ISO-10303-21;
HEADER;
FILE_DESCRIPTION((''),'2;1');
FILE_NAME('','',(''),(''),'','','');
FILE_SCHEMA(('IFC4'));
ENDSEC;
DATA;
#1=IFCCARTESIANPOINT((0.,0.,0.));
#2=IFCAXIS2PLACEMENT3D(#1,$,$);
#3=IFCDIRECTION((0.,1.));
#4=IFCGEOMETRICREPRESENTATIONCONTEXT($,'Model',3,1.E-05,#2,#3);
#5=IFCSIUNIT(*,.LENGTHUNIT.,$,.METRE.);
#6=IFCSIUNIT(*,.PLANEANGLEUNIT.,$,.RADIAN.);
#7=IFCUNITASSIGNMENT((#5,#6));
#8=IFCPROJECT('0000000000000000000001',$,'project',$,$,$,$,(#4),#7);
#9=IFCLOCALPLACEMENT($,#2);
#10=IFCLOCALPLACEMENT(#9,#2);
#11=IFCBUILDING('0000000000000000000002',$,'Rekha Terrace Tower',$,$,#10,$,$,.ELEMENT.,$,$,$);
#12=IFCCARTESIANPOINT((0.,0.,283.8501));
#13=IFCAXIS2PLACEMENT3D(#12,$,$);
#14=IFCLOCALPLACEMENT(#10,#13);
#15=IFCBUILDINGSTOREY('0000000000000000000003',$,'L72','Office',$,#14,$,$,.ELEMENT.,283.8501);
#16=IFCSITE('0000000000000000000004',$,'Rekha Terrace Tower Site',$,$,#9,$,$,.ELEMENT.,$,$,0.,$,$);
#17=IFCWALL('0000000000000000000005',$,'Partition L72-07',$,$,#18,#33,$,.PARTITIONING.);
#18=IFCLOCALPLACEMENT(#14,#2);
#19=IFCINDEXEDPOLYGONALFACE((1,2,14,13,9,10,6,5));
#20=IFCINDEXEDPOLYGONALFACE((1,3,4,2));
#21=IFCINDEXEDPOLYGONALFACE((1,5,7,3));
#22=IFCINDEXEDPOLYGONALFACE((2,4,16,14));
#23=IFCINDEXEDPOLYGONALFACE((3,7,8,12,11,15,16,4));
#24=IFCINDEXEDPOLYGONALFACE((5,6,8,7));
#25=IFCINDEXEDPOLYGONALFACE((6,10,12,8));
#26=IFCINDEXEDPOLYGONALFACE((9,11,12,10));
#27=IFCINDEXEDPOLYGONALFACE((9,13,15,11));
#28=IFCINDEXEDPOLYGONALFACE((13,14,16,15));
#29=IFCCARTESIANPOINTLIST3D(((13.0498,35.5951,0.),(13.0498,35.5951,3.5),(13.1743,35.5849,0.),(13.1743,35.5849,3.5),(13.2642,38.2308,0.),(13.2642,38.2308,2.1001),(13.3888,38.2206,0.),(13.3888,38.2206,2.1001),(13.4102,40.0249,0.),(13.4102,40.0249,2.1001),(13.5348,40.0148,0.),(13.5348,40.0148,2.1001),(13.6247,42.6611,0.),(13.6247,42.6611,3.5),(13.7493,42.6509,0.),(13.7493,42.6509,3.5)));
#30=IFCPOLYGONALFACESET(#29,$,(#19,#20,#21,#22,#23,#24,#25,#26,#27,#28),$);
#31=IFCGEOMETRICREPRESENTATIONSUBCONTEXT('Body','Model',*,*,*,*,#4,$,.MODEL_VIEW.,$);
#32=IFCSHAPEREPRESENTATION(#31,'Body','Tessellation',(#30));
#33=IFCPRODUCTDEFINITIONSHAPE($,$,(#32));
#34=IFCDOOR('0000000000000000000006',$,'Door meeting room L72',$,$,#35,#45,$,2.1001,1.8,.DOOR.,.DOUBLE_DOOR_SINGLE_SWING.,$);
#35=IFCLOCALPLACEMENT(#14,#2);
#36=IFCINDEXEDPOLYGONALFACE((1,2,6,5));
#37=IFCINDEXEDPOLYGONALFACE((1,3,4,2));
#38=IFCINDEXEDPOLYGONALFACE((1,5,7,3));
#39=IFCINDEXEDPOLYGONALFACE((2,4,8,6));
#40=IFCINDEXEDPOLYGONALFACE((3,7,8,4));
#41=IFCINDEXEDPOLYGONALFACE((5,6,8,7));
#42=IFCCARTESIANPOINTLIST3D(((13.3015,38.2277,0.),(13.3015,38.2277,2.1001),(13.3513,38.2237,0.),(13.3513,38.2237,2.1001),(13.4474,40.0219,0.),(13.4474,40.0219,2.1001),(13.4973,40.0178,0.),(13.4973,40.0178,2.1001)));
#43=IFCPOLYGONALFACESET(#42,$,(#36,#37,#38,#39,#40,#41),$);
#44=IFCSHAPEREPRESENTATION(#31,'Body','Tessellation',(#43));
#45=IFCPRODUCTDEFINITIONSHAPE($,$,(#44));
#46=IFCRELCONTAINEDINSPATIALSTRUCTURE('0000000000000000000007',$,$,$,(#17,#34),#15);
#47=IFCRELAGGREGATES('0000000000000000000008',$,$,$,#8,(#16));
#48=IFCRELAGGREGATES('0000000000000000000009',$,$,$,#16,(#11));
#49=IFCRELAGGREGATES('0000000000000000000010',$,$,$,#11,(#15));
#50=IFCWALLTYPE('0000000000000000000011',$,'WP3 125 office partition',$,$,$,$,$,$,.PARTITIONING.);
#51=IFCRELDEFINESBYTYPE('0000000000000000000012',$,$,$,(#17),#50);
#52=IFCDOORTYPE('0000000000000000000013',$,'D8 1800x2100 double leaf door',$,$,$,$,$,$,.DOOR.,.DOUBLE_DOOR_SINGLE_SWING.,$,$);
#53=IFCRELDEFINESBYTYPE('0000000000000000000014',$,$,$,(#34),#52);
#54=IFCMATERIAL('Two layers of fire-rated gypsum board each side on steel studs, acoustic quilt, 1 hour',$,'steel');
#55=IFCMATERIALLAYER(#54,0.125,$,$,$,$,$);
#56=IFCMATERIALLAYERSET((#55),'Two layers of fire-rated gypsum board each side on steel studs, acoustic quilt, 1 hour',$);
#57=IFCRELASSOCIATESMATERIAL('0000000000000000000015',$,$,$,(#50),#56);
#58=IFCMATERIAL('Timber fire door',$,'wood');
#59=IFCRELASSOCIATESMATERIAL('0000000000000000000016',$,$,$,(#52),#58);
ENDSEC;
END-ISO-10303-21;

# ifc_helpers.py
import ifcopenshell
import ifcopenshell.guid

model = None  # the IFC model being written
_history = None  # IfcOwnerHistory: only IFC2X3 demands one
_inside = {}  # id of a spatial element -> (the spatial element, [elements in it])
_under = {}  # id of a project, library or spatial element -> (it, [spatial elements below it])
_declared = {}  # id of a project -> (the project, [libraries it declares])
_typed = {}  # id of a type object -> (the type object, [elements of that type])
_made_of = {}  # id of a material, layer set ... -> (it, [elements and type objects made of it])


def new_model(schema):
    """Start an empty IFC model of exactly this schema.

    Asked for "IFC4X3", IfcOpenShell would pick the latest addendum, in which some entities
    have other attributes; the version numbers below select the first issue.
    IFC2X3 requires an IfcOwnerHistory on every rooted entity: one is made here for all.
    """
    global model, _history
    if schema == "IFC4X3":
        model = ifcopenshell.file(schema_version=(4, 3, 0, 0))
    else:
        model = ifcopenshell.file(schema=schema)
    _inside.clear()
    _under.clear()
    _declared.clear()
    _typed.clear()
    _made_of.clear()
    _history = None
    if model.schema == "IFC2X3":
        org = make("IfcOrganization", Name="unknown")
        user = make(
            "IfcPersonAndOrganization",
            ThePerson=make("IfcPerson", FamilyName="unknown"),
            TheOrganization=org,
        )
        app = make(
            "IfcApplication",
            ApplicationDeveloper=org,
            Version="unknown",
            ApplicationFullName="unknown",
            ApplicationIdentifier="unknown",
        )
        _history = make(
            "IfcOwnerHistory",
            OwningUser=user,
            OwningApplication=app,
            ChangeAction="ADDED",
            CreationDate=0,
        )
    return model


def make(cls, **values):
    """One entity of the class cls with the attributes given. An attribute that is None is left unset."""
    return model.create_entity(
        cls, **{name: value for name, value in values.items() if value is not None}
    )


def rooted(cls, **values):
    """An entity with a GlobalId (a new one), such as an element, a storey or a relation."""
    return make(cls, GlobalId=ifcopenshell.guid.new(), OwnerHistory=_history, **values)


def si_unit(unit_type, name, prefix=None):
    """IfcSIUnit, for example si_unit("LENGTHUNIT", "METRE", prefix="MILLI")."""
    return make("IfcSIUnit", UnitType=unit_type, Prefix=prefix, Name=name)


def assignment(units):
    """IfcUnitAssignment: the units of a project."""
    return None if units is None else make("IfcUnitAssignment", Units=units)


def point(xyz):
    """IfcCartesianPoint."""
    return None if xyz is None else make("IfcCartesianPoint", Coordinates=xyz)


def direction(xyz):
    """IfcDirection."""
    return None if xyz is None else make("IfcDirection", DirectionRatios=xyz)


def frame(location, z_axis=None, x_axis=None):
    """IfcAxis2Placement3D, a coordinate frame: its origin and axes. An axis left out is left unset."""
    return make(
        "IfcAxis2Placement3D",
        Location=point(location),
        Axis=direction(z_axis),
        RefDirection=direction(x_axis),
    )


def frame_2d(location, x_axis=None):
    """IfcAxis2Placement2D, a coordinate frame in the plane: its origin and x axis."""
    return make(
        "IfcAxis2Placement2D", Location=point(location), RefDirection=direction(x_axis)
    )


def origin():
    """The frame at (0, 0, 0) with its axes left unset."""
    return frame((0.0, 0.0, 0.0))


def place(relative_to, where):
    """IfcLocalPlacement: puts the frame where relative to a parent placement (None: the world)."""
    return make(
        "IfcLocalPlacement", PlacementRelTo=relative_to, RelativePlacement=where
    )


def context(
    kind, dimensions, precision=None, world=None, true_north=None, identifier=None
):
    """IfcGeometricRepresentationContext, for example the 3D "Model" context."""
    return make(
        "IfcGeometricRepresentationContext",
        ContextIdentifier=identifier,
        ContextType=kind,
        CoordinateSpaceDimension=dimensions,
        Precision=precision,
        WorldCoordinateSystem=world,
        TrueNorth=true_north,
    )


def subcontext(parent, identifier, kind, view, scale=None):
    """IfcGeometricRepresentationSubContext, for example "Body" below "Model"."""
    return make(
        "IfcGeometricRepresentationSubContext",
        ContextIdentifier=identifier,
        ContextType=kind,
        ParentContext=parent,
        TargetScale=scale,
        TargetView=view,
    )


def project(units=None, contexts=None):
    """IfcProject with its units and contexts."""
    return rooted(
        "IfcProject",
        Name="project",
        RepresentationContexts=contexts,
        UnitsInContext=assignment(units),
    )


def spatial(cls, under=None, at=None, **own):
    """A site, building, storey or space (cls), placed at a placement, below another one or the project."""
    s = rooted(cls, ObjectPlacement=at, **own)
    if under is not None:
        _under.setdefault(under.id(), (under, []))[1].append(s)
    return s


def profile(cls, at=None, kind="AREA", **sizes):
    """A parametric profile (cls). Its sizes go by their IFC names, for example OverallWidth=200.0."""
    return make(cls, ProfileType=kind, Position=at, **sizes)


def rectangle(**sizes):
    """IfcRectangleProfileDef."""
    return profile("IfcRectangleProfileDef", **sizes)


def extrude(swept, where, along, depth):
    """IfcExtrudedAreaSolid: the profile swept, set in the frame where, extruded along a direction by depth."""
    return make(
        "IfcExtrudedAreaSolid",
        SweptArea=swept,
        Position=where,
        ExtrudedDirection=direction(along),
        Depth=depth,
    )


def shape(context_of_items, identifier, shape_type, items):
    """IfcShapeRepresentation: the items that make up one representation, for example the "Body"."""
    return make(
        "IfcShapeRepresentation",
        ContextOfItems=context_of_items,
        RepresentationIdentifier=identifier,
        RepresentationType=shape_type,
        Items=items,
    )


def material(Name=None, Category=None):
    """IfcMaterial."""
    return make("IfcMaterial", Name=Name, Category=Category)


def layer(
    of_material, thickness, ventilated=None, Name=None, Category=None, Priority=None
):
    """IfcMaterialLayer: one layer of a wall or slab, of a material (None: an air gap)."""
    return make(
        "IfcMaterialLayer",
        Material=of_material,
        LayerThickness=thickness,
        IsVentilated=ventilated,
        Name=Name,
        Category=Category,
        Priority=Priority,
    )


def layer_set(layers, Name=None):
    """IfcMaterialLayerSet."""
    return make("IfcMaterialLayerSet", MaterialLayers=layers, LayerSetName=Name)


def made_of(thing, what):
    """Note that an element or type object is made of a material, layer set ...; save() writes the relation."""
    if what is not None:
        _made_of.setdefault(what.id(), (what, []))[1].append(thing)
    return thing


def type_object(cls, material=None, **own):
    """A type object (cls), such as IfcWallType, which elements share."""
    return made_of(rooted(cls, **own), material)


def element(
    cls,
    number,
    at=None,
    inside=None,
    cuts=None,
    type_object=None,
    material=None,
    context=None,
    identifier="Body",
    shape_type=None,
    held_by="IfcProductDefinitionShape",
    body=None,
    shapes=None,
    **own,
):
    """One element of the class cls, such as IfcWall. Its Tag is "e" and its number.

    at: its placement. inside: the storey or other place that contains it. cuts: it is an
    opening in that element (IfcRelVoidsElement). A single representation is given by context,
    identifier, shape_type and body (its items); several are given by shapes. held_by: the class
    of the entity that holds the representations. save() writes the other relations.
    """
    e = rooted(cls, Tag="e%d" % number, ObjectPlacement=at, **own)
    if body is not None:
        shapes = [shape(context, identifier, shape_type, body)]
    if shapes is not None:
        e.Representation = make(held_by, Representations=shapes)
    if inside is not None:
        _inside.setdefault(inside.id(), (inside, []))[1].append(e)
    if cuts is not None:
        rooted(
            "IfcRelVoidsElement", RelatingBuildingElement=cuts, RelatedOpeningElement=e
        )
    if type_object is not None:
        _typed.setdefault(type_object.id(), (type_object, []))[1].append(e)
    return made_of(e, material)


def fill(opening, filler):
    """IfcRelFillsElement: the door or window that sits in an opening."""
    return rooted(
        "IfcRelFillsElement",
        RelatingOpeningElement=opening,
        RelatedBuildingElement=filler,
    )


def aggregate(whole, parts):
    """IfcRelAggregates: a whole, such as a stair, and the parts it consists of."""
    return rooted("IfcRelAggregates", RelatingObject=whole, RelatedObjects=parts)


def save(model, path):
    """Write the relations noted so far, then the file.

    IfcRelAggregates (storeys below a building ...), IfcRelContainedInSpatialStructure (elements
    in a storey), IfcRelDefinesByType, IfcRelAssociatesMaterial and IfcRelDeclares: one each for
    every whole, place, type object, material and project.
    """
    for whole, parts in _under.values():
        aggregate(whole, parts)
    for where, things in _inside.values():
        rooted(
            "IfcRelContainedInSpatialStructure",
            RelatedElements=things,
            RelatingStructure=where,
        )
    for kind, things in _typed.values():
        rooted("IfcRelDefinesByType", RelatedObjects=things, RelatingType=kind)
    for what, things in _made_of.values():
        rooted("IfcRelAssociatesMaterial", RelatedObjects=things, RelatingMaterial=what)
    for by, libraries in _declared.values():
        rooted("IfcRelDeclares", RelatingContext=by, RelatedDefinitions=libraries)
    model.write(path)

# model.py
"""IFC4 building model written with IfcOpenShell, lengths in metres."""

from ifc_helpers import new_model, si_unit, direction, frame, frame_2d, origin, place, context, subcontext, project, spatial, rectangle, extrude, material, layer, layer_set, type_object, element, fill, save


model = new_model("IFC4")

# Units and contexts
model_context = context("Model", 3, precision=1e-05, world=origin(), true_north=direction((0.0, 1.0)))
body_context = subcontext(model_context, "Body", "Model", "MODEL_VIEW")
ifc_project = project(units=[si_unit("LENGTHUNIT", "METRE"), si_unit("PLANEANGLEUNIT", "RADIAN")], contexts=[model_context])

# Site, building, storey
site_placement = place(None, origin())
site = spatial("IfcSite", under=ifc_project, at=site_placement, Name="Rekha Terrace Tower Site", CompositionType="ELEMENT", RefElevation=0.0)
building_placement = place(site_placement, origin())
building = spatial("IfcBuilding", under=site, at=building_placement, Name="Rekha Terrace Tower", CompositionType="ELEMENT")
storey_placement = place(building_placement, frame((0.0, 0.0, 283.8501)))
storey = spatial("IfcBuildingStorey", under=building, at=storey_placement, Name="L72", Description="Office", CompositionType="ELEMENT", Elevation=283.8501)

# Shared definitions
ifc_material_1 = material(Name="Two layers of fire-rated gypsum board each side on steel studs, acoustic quilt, 1 hour", Category="steel")
ifc_layer_1 = layer(ifc_material_1, 0.125)
ifc_layer_set_1 = layer_set([ifc_layer_1], Name="Two layers of fire-rated gypsum board each side on steel studs, acoustic quilt, 1 hour")
wall_type = type_object("IfcWallType", Name="WP3 125 office partition", PredefinedType="PARTITIONING", material=ifc_layer_set_1)

# Wall, opening, door
wall_1_placement = place(storey_placement, frame((13.687, 42.656, 0.0), z_axis=(0.0, 0.0, 1.0), x_axis=(-0.081102, -0.996706, 0.0)))
wall_1 = element("IfcWall", 1, at=wall_1_placement, inside=storey, type_object=wall_type, Name="Partition L72-07", PredefinedType="PARTITIONING", context=body_context, shape_type="SweptSolid", body=[
    extrude(rectangle(XDim=7.0894, YDim=0.125, at=frame_2d((3.5447, 0.0))), origin(), (0.0, 0.0, 1.0), 3.5),
])
opening_placement = place(wall_1_placement, frame((2.645, 0.0, 0.0)))
opening = element("IfcOpeningElement", 2, at=opening_placement, cuts=wall_1, PredefinedType="OPENING", context=body_context, shape_type="SweptSolid", body=[
    extrude(rectangle(XDim=1.8, YDim=2.1001, at=frame_2d((0.8999, 1.05))), frame((0.0, 0.0725, 0.0), z_axis=(0.0, -1.0, 0.0), x_axis=(1.0, 0.0, 0.0)), (0.0, 0.0, 1.0), 0.145),
])
ifc_material_2 = material(Name="Timber fire door", Category="wood")
door_type = type_object("IfcDoorType", Name="D8 1800x2100 double leaf door", OperationType="DOUBLE_DOOR_SINGLE_SWING", PredefinedType="DOOR", material=ifc_material_2)
door_placement = place(opening_placement, origin())
door = element("IfcDoor", 3, at=door_placement, inside=storey, type_object=door_type, Name="Door meeting room L72", OperationType="DOUBLE_DOOR_SINGLE_SWING", OverallHeight=2.1001, OverallWidth=1.8, PredefinedType="DOOR", context=body_context, shape_type="SweptSolid", body=[
    extrude(rectangle(XDim=1.8, YDim=2.1001, at=frame_2d((0.8999, 1.05))), frame((0.0, 0.0249, 0.0), z_axis=(0.0, -1.0, 0.0), x_axis=(1.0, 0.0, 0.0)), (0.0, 0.0, 1.0), 0.05),
])
fill(opening, door)

save(model, "model.ifc")
